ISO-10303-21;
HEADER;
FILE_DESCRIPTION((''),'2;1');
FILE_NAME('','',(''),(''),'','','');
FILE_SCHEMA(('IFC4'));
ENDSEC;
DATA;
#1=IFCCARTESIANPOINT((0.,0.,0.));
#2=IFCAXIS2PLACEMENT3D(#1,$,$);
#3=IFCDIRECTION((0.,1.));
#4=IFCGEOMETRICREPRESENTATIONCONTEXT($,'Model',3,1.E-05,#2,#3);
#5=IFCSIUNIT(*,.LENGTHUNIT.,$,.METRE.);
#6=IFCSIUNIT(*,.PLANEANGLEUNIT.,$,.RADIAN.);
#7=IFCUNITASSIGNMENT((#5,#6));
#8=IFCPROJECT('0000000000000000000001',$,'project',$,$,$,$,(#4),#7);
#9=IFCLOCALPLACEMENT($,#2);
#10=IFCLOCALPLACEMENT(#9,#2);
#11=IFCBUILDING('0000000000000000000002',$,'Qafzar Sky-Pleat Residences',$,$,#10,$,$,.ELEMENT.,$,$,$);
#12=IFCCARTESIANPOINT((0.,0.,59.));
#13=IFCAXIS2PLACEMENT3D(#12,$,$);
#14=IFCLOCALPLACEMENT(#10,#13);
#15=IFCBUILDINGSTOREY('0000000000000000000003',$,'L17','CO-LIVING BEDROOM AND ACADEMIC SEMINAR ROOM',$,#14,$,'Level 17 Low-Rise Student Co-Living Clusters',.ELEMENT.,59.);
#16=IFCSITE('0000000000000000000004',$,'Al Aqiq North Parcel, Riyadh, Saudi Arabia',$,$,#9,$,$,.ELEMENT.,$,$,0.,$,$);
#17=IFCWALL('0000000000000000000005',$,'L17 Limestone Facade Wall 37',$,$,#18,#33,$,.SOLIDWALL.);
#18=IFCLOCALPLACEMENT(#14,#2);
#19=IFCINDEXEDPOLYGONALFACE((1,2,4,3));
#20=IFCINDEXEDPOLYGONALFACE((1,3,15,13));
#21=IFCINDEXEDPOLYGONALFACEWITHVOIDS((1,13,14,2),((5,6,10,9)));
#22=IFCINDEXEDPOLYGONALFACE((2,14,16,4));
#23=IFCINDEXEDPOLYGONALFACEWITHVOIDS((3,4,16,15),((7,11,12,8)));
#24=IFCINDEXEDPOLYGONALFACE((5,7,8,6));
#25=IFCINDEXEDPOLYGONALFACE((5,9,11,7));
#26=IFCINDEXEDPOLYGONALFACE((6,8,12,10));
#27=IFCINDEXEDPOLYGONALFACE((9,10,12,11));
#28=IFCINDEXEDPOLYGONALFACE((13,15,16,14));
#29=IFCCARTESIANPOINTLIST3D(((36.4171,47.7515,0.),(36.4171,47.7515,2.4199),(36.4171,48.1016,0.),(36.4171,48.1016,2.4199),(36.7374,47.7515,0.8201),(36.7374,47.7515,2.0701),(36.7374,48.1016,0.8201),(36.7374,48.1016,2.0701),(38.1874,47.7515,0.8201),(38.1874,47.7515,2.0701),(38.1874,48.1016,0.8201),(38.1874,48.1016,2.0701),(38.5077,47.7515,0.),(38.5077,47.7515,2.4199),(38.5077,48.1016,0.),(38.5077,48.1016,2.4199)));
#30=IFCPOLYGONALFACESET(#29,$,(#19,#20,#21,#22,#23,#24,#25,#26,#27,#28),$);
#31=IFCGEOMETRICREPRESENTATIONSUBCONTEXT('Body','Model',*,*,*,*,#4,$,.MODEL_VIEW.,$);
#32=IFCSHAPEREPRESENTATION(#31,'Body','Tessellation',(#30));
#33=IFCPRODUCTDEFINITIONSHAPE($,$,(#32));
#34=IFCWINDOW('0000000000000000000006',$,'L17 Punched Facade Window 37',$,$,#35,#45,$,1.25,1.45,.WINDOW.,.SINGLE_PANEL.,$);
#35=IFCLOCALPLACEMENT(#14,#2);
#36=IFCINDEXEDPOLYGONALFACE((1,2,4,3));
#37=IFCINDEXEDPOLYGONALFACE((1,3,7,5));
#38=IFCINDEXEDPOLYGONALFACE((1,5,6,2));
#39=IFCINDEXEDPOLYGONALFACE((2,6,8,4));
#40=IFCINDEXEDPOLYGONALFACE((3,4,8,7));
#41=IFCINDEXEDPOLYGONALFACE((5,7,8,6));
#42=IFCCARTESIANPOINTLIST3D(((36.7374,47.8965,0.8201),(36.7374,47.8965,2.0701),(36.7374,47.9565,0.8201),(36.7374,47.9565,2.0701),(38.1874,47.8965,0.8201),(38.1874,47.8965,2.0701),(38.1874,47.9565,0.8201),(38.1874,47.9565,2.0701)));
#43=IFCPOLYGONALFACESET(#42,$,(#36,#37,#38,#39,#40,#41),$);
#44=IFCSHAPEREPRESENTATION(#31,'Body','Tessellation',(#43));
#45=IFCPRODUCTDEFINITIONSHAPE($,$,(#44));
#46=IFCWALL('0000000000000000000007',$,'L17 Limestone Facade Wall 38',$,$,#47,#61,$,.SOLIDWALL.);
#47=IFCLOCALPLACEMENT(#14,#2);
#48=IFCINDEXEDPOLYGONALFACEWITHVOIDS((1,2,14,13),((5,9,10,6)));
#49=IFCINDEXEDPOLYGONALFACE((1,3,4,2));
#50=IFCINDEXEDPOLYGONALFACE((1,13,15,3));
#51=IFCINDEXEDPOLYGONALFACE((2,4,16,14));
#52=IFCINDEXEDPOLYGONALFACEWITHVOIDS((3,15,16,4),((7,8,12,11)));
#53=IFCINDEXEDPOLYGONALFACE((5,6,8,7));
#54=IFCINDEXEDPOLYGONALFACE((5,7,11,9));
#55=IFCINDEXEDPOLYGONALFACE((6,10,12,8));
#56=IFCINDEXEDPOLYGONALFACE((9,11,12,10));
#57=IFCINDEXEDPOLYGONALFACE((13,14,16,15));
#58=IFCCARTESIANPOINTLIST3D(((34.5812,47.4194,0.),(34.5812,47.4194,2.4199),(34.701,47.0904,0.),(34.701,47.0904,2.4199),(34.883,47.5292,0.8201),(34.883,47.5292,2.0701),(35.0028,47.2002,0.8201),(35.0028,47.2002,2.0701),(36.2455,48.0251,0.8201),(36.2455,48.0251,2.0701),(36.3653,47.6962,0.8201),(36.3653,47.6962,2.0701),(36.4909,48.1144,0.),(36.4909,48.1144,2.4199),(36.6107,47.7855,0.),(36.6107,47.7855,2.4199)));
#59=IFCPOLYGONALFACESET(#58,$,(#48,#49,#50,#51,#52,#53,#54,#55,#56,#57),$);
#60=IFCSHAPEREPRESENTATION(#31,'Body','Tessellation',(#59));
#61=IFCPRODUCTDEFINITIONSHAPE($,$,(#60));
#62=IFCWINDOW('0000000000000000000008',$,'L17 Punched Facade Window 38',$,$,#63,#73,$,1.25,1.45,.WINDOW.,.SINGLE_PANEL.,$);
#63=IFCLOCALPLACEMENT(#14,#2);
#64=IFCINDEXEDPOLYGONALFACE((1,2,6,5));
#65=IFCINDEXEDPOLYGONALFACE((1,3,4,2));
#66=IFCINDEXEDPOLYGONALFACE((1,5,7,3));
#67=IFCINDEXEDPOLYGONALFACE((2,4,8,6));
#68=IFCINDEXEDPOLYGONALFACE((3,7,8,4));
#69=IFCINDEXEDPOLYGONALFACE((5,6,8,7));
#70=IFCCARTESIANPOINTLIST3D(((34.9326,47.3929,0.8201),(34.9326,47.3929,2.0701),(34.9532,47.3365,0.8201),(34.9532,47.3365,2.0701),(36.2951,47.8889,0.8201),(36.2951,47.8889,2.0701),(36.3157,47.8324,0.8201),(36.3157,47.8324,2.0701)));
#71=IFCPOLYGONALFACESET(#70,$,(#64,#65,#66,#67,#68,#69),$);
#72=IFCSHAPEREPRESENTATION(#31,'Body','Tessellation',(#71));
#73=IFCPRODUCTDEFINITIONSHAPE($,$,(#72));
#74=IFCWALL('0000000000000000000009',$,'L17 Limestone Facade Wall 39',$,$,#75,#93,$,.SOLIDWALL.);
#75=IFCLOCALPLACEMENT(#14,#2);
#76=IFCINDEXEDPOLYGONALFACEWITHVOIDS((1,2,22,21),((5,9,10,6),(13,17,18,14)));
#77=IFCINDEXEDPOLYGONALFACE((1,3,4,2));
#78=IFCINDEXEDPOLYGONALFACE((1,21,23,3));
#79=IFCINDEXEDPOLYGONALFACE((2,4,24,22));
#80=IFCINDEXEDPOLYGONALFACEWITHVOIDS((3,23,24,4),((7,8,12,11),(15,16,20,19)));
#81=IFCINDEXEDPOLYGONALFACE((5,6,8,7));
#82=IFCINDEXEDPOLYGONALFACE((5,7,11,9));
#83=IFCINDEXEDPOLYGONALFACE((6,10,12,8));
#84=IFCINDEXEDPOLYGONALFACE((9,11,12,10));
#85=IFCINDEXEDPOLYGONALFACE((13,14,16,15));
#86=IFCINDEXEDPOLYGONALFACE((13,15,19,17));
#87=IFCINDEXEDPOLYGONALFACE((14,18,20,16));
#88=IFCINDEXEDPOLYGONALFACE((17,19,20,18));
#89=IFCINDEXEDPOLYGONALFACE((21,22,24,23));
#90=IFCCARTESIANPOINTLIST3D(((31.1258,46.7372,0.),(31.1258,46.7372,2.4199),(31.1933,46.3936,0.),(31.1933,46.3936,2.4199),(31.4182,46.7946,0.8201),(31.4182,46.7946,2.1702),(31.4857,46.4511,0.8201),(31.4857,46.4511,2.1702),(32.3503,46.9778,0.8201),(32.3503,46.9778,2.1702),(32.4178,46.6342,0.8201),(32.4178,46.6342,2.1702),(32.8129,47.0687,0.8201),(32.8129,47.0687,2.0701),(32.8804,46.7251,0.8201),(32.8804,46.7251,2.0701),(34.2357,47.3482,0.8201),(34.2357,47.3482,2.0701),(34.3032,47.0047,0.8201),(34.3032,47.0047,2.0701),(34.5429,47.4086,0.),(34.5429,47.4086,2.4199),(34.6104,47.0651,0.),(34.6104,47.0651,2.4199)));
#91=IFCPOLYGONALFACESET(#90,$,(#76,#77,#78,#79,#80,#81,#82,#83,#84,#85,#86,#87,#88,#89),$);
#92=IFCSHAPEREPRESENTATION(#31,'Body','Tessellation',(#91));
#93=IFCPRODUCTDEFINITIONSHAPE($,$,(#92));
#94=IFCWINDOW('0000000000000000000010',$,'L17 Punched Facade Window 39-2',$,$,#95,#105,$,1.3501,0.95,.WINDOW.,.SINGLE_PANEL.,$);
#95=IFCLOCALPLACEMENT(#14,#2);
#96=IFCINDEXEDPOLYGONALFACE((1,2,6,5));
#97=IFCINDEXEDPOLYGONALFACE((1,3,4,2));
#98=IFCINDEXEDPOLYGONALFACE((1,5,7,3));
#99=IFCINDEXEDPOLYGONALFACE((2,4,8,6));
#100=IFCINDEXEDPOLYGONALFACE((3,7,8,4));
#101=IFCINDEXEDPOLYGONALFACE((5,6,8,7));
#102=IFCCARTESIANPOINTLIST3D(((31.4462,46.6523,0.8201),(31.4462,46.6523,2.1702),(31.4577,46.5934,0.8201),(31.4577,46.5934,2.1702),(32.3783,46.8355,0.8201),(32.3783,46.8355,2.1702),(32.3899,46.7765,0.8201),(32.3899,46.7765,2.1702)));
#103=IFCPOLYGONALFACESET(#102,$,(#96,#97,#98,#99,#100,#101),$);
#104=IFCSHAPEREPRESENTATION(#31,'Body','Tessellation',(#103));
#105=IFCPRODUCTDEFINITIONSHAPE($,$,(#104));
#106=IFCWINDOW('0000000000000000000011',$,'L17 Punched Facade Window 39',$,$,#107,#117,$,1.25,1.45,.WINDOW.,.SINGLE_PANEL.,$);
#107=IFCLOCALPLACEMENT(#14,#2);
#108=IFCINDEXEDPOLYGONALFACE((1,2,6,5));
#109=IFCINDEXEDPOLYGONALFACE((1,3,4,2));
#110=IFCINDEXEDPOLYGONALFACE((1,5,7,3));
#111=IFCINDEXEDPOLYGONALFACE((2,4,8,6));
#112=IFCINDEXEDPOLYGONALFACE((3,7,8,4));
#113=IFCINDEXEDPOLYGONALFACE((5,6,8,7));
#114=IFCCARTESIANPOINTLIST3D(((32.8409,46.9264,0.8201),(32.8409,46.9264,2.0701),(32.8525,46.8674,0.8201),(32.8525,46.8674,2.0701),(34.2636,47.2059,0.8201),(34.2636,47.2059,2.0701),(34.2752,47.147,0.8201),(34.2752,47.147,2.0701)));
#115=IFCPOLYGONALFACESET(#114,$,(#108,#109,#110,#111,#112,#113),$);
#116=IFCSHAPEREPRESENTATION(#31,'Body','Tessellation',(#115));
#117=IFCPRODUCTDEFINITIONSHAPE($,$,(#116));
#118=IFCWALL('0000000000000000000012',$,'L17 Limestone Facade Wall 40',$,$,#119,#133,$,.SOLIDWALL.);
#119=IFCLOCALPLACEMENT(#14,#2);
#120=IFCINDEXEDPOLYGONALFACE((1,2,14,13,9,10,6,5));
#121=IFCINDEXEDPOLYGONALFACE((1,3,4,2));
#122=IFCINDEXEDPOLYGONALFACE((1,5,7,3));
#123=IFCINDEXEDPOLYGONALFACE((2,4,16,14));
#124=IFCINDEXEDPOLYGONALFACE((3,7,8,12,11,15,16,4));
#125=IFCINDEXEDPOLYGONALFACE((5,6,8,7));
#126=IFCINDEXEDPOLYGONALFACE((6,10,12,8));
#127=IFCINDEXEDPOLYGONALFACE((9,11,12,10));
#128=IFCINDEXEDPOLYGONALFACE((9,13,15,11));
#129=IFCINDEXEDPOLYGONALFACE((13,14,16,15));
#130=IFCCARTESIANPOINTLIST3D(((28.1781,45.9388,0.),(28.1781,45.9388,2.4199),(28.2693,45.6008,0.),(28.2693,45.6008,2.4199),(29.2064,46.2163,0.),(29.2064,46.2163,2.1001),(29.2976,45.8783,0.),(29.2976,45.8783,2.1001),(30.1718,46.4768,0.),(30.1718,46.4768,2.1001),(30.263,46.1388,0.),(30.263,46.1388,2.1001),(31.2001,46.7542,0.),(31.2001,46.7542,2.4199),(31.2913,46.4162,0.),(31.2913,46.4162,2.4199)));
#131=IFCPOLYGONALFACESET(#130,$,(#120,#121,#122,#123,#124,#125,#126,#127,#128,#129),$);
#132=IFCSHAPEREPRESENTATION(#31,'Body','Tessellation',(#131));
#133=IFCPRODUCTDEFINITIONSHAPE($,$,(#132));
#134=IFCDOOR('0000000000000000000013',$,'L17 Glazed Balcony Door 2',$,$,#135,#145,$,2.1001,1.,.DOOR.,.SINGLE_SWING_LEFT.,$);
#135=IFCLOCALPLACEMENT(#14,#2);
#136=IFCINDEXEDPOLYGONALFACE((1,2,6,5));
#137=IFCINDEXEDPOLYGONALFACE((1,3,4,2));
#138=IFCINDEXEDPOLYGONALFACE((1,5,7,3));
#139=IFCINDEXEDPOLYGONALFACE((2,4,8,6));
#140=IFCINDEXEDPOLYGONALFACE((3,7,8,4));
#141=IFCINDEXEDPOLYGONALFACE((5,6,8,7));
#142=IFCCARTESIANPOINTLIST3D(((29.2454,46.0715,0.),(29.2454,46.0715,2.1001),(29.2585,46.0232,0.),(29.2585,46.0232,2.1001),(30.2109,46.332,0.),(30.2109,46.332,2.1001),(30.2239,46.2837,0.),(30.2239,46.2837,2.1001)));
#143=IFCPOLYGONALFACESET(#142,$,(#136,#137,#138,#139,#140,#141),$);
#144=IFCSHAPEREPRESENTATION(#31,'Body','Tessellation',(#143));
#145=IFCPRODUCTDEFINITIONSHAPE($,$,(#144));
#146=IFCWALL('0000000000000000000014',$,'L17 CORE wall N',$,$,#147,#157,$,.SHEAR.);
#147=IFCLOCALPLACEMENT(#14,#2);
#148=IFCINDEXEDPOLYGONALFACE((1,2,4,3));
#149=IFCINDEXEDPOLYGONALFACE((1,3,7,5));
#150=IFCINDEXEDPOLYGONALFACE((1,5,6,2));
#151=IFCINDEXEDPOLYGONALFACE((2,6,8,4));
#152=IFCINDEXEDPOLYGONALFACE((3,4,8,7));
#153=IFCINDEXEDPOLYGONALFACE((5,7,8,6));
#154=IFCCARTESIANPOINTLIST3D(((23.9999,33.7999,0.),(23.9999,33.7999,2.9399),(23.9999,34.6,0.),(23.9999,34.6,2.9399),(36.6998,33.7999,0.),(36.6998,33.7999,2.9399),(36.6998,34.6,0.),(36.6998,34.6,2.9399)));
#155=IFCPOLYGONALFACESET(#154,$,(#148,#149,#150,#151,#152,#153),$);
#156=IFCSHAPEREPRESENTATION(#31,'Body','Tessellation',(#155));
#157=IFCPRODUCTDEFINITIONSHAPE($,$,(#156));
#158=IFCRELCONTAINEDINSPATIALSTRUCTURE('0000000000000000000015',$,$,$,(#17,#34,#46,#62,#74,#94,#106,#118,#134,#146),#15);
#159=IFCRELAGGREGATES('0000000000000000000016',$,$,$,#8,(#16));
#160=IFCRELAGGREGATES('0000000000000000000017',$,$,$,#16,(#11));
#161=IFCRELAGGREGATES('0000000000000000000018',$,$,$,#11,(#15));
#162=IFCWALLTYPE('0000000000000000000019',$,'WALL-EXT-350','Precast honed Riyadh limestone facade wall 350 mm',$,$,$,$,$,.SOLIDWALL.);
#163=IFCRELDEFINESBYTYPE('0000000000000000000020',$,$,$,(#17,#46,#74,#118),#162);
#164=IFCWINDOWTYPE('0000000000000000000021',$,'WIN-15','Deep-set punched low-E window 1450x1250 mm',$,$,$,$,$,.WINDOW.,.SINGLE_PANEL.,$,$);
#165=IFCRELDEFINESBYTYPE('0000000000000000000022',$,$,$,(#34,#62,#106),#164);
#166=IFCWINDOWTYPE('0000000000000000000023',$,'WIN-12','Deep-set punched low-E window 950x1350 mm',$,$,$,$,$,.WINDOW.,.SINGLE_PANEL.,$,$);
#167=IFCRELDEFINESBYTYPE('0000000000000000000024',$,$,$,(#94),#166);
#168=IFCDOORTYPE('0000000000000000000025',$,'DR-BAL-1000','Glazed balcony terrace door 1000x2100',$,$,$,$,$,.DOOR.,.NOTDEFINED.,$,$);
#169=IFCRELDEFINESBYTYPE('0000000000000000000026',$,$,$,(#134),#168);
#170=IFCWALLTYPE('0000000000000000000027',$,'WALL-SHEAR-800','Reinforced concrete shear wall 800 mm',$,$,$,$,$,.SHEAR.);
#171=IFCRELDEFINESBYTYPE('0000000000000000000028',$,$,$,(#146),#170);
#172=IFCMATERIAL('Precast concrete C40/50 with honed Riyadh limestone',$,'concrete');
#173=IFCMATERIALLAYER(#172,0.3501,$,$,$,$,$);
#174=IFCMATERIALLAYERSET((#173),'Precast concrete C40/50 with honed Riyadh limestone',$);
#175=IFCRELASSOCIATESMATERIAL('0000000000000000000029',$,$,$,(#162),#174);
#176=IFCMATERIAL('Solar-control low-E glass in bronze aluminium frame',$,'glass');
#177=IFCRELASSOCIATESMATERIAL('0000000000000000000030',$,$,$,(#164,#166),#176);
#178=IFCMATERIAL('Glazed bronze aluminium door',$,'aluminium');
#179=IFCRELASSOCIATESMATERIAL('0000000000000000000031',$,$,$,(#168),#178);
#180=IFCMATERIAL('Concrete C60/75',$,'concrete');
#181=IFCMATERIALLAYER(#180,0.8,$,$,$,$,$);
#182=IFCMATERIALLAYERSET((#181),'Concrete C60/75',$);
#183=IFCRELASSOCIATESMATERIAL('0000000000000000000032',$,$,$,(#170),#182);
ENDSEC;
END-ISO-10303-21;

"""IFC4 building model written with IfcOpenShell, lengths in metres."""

from ifc_helpers import new_model, si_unit, direction, frame, frame_2d, origin, place, context, subcontext, project, spatial, rectangle, extrude, source, transform, mapped, material, layer, layer_set, type_object, element, fill, save


model = new_model("IFC4")

# Units and contexts
model_context = context("Model", 3, precision=1e-05, world=origin(), true_north=direction((0.0, 1.0)))
body_context = subcontext(model_context, "Body", "Model", "MODEL_VIEW")
ifc_project = project(units=[si_unit("LENGTHUNIT", "METRE"), si_unit("PLANEANGLEUNIT", "RADIAN")], contexts=[model_context])

# Site, building, storey
site_placement = place(None, origin())
site = spatial("IfcSite", under=ifc_project, at=site_placement, Name="Al Aqiq North Parcel, Riyadh, Saudi Arabia", CompositionType="ELEMENT", RefElevation=0.0)
building_placement = place(site_placement, origin())
building = spatial("IfcBuilding", under=site, at=building_placement, Name="Qafzar Sky-Pleat Residences", CompositionType="ELEMENT")
storey_placement = place(building_placement, frame((0.0, 0.0, 59.0)))
storey = spatial("IfcBuildingStorey", under=building, at=storey_placement, Name="L17", Description="CO-LIVING BEDROOM AND ACADEMIC SEMINAR ROOM", LongName="Level 17 Low-Rise Student Co-Living Clusters", CompositionType="ELEMENT", Elevation=59.0)

# Walls, openings, windows
ifc_material_1 = material(Name="Precast concrete C40/50 with honed Riyadh limestone", Category="concrete")
ifc_layer_1 = layer(ifc_material_1, 0.3501)
ifc_layer_set_1 = layer_set([ifc_layer_1], Name="Precast concrete C40/50 with honed Riyadh limestone")
wall_type_1 = type_object("IfcWallType", Name="WALL-EXT-350", Description="Precast honed Riyadh limestone facade wall 350 mm", PredefinedType="SOLIDWALL", material=ifc_layer_set_1)
wall_1_placement = place(storey_placement, frame((38.5078, 47.9265, 0.0), z_axis=(0.0, 0.0, 1.0), x_axis=(-1.0, 0.0, 0.0)))
wall_1 = element("IfcWall", 1, at=wall_1_placement, inside=storey, type_object=wall_type_1, Name="L17 Limestone Facade Wall 37", PredefinedType="SOLIDWALL", context=body_context, shape_type="SweptSolid", body=[
    extrude(rectangle(XDim=2.0906, YDim=0.3501, at=frame_2d((1.0454, 0.0))), origin(), (0.0, 0.0, 1.0), 2.4199),
])
opening_1_placement = place(wall_1_placement, frame((0.3203, 0.0, 0.8201)))
opening_1 = element("IfcOpeningElement", 2, at=opening_1_placement, cuts=wall_1, PredefinedType="OPENING", context=body_context, shape_type="SweptSolid", body=[
    extrude(rectangle(XDim=1.45, YDim=1.25, at=frame_2d((0.7251, 0.625))), frame((0.0, 0.1851, 0.0), z_axis=(0.0, -1.0, 0.0), x_axis=(1.0, 0.0, 0.0)), (0.0, 0.0, 1.0), 0.3701),
])
ifc_material_2 = material(Name="Solar-control low-E glass in bronze aluminium frame", Category="glass")
window_type_1 = type_object("IfcWindowType", Name="WIN-15", Description="Deep-set punched low-E window 1450x1250 mm", PartitioningType="SINGLE_PANEL", PredefinedType="WINDOW", material=ifc_material_2)
shared_shape_1 = source(origin(), body_context, "Body", "SweptSolid", [
    extrude(rectangle(XDim=1.45, YDim=1.25, at=frame_2d((0.7251, 0.625))), frame((0.0, 0.03, 0.0), z_axis=(0.0, -1.0, 0.0), x_axis=(1.0, 0.0, 0.0)), (0.0, 0.0, 1.0), 0.0601),
])
window_1_placement = place(opening_1_placement, origin())
window_1 = element("IfcWindow", 3, at=window_1_placement, inside=storey, type_object=window_type_1, Name="L17 Punched Facade Window 37", OverallHeight=1.25, OverallWidth=1.45, PartitioningType="SINGLE_PANEL", PredefinedType="WINDOW", context=body_context, shape_type="MappedRepresentation", body=[
    mapped(shared_shape_1, transform((0.0, 0.0, 0.0), x_axis=(1.0, 0.0, 0.0), y_axis=(0.0, 1.0, 0.0), z_axis=(0.0, 0.0, 1.0), scale=1.0)),
])
fill(opening_1, window_1)
wall_2_placement = place(storey_placement, frame((36.5508, 47.95, 0.0), z_axis=(0.0, 0.0, 1.0), x_axis=(-0.939692, -0.342023, 0.0)))
wall_2 = element("IfcWall", 4, at=wall_2_placement, inside=storey, type_object=wall_type_1, Name="L17 Limestone Facade Wall 38", PredefinedType="SOLIDWALL", context=body_context, shape_type="SweptSolid", body=[
    extrude(rectangle(XDim=2.0322, YDim=0.3501, at=frame_2d((1.0161, 0.0))), origin(), (0.0, 0.0, 1.0), 2.4199),
])
opening_2_placement = place(wall_2_placement, frame((0.261, 0.0, 0.8201)))
opening_2 = element("IfcOpeningElement", 5, at=opening_2_placement, cuts=wall_2, PredefinedType="OPENING", context=body_context, shape_type="SweptSolid", body=[
    extrude(rectangle(XDim=1.45, YDim=1.25, at=frame_2d((0.7251, 0.625))), frame((0.0, 0.1851, 0.0), z_axis=(0.0, -1.0, 0.0), x_axis=(1.0, 0.0, 0.0)), (0.0, 0.0, 1.0), 0.3701),
])
window_2_placement = place(opening_2_placement, origin())
window_2 = element("IfcWindow", 6, at=window_2_placement, inside=storey, type_object=window_type_1, Name="L17 Punched Facade Window 38", OverallHeight=1.25, OverallWidth=1.45, PartitioningType="SINGLE_PANEL", PredefinedType="WINDOW", context=body_context, shape_type="MappedRepresentation", body=[
    mapped(shared_shape_1, transform((0.0, 0.0, 0.0), x_axis=(1.0, 0.0, 0.0), y_axis=(0.0, 1.0, 0.0), z_axis=(0.0, 0.0, 1.0), scale=1.0)),
])
fill(opening_2, window_2)

# Wall, openings, windows
wall_3_placement = place(storey_placement, frame((34.5767, 47.2368, 0.0), z_axis=(0.0, 0.0, 1.0), x_axis=(-0.981238, -0.192798, 0.0)))
wall_3 = element("IfcWall", 7, at=wall_3_placement, inside=storey, type_object=wall_type_1, Name="L17 Limestone Facade Wall 39", PredefinedType="SOLIDWALL", context=body_context, shape_type="SweptSolid", body=[
    extrude(rectangle(XDim=3.4824, YDim=0.3501, at=frame_2d((1.7412, 0.0))), origin(), (0.0, 0.0, 1.0), 2.4199),
])
opening_3_placement = place(wall_3_placement, frame((0.313, 0.0, 0.8201)))
opening_3 = element("IfcOpeningElement", 8, at=opening_3_placement, cuts=wall_3, PredefinedType="OPENING", context=body_context, shape_type="SweptSolid", body=[
    extrude(rectangle(XDim=1.45, YDim=1.25, at=frame_2d((0.7251, 0.625))), frame((0.0, 0.1851, 0.0), z_axis=(0.0, -1.0, 0.0), x_axis=(1.0, 0.0, 0.0)), (0.0, 0.0, 1.0), 0.3701),
])
opening_4_placement = place(wall_3_placement, frame((2.2344, 0.0, 0.8201)))
opening_4 = element("IfcOpeningElement", 9, at=opening_4_placement, cuts=wall_3, PredefinedType="OPENING", context=body_context, shape_type="SweptSolid", body=[
    extrude(rectangle(XDim=0.95, YDim=1.3501, at=frame_2d((0.4751, 0.675))), frame((0.0, 0.1851, 0.0), z_axis=(0.0, -1.0, 0.0), x_axis=(1.0, 0.0, 0.0)), (0.0, 0.0, 1.0), 0.3701),
])
window_type_2 = type_object("IfcWindowType", Name="WIN-12", Description="Deep-set punched low-E window 950x1350 mm", PartitioningType="SINGLE_PANEL", PredefinedType="WINDOW", material=ifc_material_2)
shared_shape_2 = source(origin(), body_context, "Body", "SweptSolid", [
    extrude(rectangle(XDim=0.95, YDim=1.3501, at=frame_2d((0.4751, 0.675))), frame((0.0, 0.03, 0.0), z_axis=(0.0, -1.0, 0.0), x_axis=(1.0, 0.0, 0.0)), (0.0, 0.0, 1.0), 0.0601),
])
window_3_placement = place(opening_4_placement, origin())
window_3 = element("IfcWindow", 10, at=window_3_placement, inside=storey, type_object=window_type_2, Name="L17 Punched Facade Window 39-2", OverallHeight=1.3501, OverallWidth=0.95, PartitioningType="SINGLE_PANEL", PredefinedType="WINDOW", context=body_context, shape_type="MappedRepresentation", body=[
    mapped(shared_shape_2, transform((0.0, 0.0, 0.0), x_axis=(1.0, 0.0, 0.0), y_axis=(0.0, 1.0, 0.0), z_axis=(0.0, 0.0, 1.0), scale=1.0)),
])
fill(opening_4, window_3)
window_4_placement = place(opening_3_placement, origin())
window_4 = element("IfcWindow", 11, at=window_4_placement, inside=storey, type_object=window_type_1, Name="L17 Punched Facade Window 39", OverallHeight=1.25, OverallWidth=1.45, PartitioningType="SINGLE_PANEL", PredefinedType="WINDOW", context=body_context, shape_type="MappedRepresentation", body=[
    mapped(shared_shape_1, transform((0.0, 0.0, 0.0), x_axis=(1.0, 0.0, 0.0), y_axis=(0.0, 1.0, 0.0), z_axis=(0.0, 0.0, 1.0), scale=1.0)),
])
fill(opening_3, window_4)

# Wall, opening, door
wall_4_placement = place(storey_placement, frame((31.2456, 46.5852, 0.0), z_axis=(0.0, 0.0, 1.0), x_axis=(-0.96547, -0.260516, 0.0)))
wall_4 = element("IfcWall", 12, at=wall_4_placement, inside=storey, type_object=wall_type_1, Name="L17 Limestone Facade Wall 40", PredefinedType="SOLIDWALL", context=body_context, shape_type="SweptSolid", body=[
    extrude(rectangle(XDim=3.1301, YDim=0.3501, at=frame_2d((1.5649, 0.0))), origin(), (0.0, 0.0, 1.0), 2.4199),
])
opening_5_placement = place(wall_4_placement, frame((1.0649, 0.0, 0.0)))
opening_5 = element("IfcOpeningElement", 13, at=opening_5_placement, cuts=wall_4, PredefinedType="OPENING", context=body_context, shape_type="SweptSolid", body=[
    extrude(rectangle(XDim=1.0, YDim=2.1001, at=frame_2d((0.5, 1.05))), frame((0.0, 0.1851, 0.0), z_axis=(0.0, -1.0, 0.0), x_axis=(1.0, 0.0, 0.0)), (0.0, 0.0, 1.0), 0.3701),
])
ifc_material_3 = material(Name="Glazed bronze aluminium door", Category="aluminium")
door_type_1 = type_object("IfcDoorType", Name="DR-BAL-1000", Description="Glazed balcony terrace door 1000x2100", OperationType="NOTDEFINED", PredefinedType="DOOR", material=ifc_material_3)
shared_shape_3 = source(origin(), body_context, "Body", "SweptSolid", [
    extrude(rectangle(XDim=1.0, YDim=2.1001, at=frame_2d((0.5, 1.05))), frame((0.0, 0.0249, 0.0), z_axis=(0.0, -1.0, 0.0), x_axis=(1.0, 0.0, 0.0)), (0.0, 0.0, 1.0), 0.05),
])
door_1_placement = place(opening_5_placement, origin())
door_1 = element("IfcDoor", 14, at=door_1_placement, inside=storey, type_object=door_type_1, Name="L17 Glazed Balcony Door 2", OperationType="SINGLE_SWING_LEFT", OverallHeight=2.1001, OverallWidth=1.0, PredefinedType="DOOR", context=body_context, shape_type="MappedRepresentation", body=[
    mapped(shared_shape_3, transform((0.0, 0.0, 0.0), x_axis=(1.0, 0.0, 0.0), y_axis=(0.0, 1.0, 0.0), z_axis=(0.0, 0.0, 1.0), scale=1.0)),
])
fill(opening_5, door_1)

# Wall
ifc_material_4 = material(Name="Concrete C60/75", Category="concrete")
ifc_layer_2 = layer(ifc_material_4, 0.8)
ifc_layer_set_2 = layer_set([ifc_layer_2], Name="Concrete C60/75")
wall_type_2 = type_object("IfcWallType", Name="WALL-SHEAR-800", Description="Reinforced concrete shear wall 800 mm", PredefinedType="SHEAR", material=ifc_layer_set_2)
wall_5_placement = place(storey_placement, frame((36.7, 34.2, 0.0), z_axis=(0.0, 0.0, 1.0), x_axis=(-1.0, 0.0, 0.0)))
element("IfcWall", 15, at=wall_5_placement, inside=storey, type_object=wall_type_2, Name="L17 CORE wall N", PredefinedType="SHEAR", context=body_context, shape_type="SweptSolid", body=[
    extrude(rectangle(XDim=12.7, YDim=0.8, at=frame_2d((6.3501, 0.0))), origin(), (0.0, 0.0, 1.0), 2.9399),
])

save(model, "model.ifc")
